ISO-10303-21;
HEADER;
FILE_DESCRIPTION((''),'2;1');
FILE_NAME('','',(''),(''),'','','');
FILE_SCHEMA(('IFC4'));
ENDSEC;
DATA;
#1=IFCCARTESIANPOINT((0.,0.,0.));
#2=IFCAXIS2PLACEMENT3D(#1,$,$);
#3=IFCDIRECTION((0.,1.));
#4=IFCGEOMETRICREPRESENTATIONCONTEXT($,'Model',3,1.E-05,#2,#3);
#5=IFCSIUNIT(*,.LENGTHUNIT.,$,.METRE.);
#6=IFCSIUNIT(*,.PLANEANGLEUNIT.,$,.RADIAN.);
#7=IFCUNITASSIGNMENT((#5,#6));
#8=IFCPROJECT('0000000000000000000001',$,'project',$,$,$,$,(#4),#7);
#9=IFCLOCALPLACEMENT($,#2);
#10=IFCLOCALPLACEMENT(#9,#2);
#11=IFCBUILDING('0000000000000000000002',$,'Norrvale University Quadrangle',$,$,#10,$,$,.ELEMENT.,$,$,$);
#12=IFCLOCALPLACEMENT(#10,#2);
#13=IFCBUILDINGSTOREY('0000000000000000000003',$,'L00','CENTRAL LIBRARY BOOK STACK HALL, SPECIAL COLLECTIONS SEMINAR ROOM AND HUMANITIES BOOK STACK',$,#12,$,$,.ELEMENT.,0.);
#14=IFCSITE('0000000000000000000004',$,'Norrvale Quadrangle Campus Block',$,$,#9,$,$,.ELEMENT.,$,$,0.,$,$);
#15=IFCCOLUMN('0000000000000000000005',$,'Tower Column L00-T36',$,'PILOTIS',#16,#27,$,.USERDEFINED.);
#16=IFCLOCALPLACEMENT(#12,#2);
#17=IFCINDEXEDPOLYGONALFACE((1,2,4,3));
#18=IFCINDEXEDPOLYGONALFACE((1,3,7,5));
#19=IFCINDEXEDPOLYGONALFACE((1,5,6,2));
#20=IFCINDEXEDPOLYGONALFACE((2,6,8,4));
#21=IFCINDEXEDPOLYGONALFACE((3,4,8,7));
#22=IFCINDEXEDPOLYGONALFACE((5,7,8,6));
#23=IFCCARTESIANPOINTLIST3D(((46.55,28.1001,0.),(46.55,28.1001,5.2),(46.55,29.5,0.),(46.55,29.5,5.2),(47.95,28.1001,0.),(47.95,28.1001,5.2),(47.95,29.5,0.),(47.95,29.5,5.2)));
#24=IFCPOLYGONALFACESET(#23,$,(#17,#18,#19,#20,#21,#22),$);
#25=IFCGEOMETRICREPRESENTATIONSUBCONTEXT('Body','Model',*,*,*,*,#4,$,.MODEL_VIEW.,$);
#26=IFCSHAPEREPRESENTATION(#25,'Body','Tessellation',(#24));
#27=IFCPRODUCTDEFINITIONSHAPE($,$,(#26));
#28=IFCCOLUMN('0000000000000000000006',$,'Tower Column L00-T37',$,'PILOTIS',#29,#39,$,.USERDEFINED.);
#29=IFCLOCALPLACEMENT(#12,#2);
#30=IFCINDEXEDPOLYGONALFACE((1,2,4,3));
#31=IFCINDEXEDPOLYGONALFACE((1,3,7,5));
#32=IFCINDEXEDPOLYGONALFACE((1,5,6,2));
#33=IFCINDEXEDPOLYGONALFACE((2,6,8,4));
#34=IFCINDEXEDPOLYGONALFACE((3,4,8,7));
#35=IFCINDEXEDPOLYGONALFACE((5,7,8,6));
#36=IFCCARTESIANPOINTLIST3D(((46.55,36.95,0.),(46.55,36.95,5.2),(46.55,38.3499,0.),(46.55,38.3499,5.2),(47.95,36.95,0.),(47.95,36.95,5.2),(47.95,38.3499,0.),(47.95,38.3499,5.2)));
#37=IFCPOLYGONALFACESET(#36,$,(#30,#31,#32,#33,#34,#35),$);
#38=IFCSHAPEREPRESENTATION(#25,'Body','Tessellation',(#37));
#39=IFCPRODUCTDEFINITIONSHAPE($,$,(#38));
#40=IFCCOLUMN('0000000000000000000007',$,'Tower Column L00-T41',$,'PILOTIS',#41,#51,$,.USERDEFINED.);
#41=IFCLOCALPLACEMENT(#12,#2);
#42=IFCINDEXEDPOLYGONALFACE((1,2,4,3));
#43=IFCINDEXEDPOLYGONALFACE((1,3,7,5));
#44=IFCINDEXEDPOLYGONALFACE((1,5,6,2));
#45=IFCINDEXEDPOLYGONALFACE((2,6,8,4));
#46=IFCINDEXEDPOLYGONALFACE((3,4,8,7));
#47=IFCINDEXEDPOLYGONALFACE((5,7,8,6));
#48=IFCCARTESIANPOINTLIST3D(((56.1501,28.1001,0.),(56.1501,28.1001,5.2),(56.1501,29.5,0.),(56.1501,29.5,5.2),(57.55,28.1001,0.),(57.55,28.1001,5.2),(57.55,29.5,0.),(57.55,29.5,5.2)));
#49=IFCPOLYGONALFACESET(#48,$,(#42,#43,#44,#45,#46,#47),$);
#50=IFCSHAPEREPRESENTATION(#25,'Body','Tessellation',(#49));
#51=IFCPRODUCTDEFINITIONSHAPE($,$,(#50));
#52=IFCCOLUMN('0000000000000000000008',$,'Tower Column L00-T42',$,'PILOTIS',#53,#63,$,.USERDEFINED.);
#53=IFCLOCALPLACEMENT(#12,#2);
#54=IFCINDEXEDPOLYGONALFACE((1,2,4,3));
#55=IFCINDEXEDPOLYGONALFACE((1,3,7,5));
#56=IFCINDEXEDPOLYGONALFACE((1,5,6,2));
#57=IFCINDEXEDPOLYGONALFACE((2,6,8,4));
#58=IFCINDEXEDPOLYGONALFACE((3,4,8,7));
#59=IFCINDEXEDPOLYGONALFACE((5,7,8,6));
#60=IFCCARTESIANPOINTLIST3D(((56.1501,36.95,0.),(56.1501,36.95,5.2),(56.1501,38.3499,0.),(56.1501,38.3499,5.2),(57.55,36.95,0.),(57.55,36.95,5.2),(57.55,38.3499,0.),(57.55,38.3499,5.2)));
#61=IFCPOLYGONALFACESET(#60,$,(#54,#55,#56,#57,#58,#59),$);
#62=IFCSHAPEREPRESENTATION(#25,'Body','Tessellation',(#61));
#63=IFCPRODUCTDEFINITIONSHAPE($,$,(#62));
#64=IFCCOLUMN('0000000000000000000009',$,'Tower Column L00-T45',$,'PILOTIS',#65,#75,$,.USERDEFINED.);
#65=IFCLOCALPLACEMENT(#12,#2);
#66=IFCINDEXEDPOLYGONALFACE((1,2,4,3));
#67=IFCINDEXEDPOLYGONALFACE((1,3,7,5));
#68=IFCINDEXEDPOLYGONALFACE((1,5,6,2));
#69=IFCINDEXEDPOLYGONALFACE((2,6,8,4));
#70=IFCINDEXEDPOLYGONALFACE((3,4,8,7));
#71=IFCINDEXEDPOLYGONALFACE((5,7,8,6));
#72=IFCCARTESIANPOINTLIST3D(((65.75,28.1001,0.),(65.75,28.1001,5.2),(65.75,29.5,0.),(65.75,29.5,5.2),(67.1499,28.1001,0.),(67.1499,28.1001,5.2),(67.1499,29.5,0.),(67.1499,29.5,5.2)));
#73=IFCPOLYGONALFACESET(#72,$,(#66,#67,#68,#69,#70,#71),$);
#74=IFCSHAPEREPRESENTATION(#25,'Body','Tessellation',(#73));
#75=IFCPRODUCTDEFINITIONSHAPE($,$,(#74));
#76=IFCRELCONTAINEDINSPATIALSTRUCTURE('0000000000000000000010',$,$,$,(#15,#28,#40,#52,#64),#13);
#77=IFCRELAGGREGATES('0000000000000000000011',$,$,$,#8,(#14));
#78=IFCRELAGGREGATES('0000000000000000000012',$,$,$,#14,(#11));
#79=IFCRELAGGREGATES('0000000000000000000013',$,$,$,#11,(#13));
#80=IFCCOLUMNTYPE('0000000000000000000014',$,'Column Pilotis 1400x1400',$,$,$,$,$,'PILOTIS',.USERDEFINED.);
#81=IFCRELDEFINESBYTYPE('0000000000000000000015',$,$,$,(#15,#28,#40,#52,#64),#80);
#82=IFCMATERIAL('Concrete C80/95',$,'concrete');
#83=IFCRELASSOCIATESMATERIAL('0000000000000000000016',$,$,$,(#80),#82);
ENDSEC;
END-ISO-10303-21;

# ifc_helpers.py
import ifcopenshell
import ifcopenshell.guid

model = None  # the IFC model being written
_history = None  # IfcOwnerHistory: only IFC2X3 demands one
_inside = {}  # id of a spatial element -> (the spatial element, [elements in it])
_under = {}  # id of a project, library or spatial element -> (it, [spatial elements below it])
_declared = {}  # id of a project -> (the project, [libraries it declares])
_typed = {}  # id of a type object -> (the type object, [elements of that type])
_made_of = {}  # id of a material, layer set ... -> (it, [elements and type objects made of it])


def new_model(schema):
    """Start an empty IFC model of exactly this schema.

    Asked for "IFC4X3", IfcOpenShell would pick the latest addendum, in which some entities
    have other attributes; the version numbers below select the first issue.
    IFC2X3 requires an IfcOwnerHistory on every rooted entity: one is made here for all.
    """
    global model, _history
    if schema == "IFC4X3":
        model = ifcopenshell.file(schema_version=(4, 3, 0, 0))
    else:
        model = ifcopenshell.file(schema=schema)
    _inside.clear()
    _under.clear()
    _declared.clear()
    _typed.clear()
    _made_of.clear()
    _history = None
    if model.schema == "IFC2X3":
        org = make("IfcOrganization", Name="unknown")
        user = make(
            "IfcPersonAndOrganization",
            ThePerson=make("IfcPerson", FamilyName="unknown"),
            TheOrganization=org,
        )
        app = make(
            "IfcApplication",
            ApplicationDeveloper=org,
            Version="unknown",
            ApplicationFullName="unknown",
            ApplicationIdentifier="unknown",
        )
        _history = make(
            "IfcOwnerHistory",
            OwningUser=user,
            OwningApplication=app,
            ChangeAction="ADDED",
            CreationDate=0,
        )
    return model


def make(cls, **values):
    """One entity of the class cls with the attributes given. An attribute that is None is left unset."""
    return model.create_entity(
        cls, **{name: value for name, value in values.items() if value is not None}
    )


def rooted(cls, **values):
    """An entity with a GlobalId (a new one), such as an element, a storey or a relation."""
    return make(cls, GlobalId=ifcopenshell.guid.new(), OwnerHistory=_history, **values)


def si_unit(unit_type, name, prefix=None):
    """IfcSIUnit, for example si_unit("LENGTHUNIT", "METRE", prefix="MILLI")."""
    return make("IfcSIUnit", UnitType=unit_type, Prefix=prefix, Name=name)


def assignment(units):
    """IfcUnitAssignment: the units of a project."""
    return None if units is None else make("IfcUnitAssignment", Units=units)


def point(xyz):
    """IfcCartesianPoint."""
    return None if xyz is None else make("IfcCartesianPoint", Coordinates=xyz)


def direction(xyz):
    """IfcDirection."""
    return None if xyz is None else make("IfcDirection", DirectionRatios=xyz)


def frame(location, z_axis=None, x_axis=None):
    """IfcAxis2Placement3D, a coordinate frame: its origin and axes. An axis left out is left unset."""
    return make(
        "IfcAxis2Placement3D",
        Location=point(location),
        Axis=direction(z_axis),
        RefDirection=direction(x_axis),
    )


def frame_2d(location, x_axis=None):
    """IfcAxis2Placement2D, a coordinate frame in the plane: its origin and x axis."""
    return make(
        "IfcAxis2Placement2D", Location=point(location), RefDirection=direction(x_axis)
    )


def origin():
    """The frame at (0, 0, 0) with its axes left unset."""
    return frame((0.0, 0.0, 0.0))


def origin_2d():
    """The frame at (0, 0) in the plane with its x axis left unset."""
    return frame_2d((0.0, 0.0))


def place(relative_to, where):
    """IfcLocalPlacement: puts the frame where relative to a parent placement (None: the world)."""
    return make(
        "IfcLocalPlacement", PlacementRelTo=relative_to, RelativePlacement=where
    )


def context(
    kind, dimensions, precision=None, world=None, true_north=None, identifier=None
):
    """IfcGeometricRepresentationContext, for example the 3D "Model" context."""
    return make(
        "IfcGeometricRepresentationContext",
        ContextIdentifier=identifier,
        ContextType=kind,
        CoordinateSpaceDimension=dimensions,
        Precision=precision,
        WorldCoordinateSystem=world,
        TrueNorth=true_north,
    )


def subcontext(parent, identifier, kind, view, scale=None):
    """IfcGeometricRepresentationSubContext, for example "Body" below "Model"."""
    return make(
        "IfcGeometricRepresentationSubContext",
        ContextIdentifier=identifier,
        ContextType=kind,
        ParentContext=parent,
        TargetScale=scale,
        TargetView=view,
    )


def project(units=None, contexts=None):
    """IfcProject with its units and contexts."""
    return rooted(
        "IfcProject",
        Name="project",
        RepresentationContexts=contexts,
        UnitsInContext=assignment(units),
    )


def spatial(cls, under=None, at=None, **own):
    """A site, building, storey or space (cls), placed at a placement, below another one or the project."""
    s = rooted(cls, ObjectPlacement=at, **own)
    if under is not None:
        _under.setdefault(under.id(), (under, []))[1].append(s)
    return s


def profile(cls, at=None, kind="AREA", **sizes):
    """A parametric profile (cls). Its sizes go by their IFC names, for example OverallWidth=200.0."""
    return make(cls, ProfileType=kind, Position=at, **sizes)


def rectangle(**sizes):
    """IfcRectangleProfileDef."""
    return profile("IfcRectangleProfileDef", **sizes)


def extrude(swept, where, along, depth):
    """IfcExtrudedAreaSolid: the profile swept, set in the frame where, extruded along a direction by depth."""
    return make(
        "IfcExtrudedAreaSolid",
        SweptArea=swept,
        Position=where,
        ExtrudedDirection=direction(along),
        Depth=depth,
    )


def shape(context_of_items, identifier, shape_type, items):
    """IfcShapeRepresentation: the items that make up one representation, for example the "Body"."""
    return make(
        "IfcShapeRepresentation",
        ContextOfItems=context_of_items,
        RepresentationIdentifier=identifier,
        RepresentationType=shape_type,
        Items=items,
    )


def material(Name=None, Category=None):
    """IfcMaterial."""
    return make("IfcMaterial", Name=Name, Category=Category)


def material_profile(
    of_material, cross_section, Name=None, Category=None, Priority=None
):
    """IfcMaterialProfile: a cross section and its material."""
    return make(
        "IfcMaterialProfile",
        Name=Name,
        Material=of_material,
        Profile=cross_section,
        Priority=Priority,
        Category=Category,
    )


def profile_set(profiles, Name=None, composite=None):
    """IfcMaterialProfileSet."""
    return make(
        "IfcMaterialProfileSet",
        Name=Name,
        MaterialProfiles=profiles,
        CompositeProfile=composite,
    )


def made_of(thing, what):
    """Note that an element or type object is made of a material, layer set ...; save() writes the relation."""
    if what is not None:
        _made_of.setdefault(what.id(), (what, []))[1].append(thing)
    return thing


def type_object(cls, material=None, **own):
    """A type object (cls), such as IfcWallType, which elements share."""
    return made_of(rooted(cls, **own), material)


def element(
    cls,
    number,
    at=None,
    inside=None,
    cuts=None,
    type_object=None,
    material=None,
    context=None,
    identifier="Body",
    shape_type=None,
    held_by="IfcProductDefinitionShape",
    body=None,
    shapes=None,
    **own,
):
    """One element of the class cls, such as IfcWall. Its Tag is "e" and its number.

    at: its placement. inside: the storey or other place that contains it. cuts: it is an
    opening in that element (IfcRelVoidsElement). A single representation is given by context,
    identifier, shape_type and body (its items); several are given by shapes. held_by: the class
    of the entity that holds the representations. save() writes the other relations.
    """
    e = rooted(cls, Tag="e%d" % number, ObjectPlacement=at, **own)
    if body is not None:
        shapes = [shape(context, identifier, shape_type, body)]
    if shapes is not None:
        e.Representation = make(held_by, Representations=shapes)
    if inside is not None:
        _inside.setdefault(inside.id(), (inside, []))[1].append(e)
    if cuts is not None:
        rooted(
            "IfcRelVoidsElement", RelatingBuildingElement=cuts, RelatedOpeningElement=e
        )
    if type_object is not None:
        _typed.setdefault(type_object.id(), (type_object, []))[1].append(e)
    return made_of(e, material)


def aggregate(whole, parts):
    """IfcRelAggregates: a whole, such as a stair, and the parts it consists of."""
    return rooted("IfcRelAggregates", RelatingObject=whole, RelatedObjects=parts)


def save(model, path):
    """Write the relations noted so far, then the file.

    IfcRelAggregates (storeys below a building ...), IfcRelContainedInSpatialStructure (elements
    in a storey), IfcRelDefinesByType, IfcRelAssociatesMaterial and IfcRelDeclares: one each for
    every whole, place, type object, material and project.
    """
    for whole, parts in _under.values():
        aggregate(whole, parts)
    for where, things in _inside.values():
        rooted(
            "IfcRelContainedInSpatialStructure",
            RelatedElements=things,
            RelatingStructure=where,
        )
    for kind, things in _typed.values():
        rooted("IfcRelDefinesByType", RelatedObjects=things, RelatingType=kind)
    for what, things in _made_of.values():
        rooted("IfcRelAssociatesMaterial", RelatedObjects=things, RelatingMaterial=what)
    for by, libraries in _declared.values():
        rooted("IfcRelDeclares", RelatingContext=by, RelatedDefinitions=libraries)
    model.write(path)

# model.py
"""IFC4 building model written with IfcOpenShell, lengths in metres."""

from ifc_helpers import new_model, si_unit, direction, frame, origin, origin_2d, place, context, subcontext, project, spatial, rectangle, extrude, material, material_profile, profile_set, type_object, element, save


model = new_model("IFC4")

# Units and contexts
model_context = context("Model", 3, precision=1e-05, world=origin(), true_north=direction((0.0, 1.0)))
body_context = subcontext(model_context, "Body", "Model", "MODEL_VIEW")
ifc_project = project(units=[si_unit("LENGTHUNIT", "METRE"), si_unit("PLANEANGLEUNIT", "RADIAN")], contexts=[model_context])

# Site, building, storey
site_placement = place(None, origin())
site = spatial("IfcSite", under=ifc_project, at=site_placement, Name="Norrvale Quadrangle Campus Block", CompositionType="ELEMENT", RefElevation=0.0)
building_placement = place(site_placement, origin())
building = spatial("IfcBuilding", under=site, at=building_placement, Name="Norrvale University Quadrangle", CompositionType="ELEMENT")
storey_placement = place(building_placement, origin())
storey = spatial("IfcBuildingStorey", under=building, at=storey_placement, Name="L00", Description="CENTRAL LIBRARY BOOK STACK HALL, SPECIAL COLLECTIONS SEMINAR ROOM AND HUMANITIES BOOK STACK", CompositionType="ELEMENT", Elevation=0.0)

# Columns
ifc_material_1 = material(Name="Concrete C80/95", Category="concrete")
ifc_material_profile = material_profile(ifc_material_1, rectangle(XDim=1.3999, YDim=1.3999, at=origin_2d()), Name="Concrete C80/95")
ifc_profile_set = profile_set([ifc_material_profile], Name="Concrete C80/95")
column_type = type_object("IfcColumnType", Name="Column Pilotis 1400x1400", ElementType="PILOTIS", PredefinedType="USERDEFINED", material=ifc_profile_set)
for number, where, z_axis, x_axis, name in (
    (1, (47.25, 28.8, 0.0), (0.0, 0.0, 1.0), (1.0, 0.0, 0.0), "Tower Column L00-T36"),
    (2, (47.25, 37.6499, 0.0), (0.0, 0.0, 1.0), (1.0, 0.0, 0.0), "Tower Column L00-T37"),
    (3, (56.8501, 28.8, 0.0), (0.0, 0.0, 1.0), (1.0, 0.0, 0.0), "Tower Column L00-T41"),
    (4, (56.8501, 37.6499, 0.0), (0.0, 0.0, 1.0), (1.0, 0.0, 0.0), "Tower Column L00-T42"),
    (5, (66.45, 28.8, 0.0), (0.0, 0.0, 1.0), (1.0, 0.0, 0.0), "Tower Column L00-T45"),
):
    element("IfcColumn", number, at=place(storey_placement, frame(where, z_axis=z_axis, x_axis=x_axis)), inside=storey, type_object=column_type, Name=name, ObjectType="PILOTIS", PredefinedType="USERDEFINED", context=body_context, shape_type="SweptSolid", body=[
        extrude(rectangle(XDim=1.3999, YDim=1.3999, at=origin_2d()), origin(), (0.0, 0.0, 1.0), 5.2),
    ])

save(model, "model.ifc")
